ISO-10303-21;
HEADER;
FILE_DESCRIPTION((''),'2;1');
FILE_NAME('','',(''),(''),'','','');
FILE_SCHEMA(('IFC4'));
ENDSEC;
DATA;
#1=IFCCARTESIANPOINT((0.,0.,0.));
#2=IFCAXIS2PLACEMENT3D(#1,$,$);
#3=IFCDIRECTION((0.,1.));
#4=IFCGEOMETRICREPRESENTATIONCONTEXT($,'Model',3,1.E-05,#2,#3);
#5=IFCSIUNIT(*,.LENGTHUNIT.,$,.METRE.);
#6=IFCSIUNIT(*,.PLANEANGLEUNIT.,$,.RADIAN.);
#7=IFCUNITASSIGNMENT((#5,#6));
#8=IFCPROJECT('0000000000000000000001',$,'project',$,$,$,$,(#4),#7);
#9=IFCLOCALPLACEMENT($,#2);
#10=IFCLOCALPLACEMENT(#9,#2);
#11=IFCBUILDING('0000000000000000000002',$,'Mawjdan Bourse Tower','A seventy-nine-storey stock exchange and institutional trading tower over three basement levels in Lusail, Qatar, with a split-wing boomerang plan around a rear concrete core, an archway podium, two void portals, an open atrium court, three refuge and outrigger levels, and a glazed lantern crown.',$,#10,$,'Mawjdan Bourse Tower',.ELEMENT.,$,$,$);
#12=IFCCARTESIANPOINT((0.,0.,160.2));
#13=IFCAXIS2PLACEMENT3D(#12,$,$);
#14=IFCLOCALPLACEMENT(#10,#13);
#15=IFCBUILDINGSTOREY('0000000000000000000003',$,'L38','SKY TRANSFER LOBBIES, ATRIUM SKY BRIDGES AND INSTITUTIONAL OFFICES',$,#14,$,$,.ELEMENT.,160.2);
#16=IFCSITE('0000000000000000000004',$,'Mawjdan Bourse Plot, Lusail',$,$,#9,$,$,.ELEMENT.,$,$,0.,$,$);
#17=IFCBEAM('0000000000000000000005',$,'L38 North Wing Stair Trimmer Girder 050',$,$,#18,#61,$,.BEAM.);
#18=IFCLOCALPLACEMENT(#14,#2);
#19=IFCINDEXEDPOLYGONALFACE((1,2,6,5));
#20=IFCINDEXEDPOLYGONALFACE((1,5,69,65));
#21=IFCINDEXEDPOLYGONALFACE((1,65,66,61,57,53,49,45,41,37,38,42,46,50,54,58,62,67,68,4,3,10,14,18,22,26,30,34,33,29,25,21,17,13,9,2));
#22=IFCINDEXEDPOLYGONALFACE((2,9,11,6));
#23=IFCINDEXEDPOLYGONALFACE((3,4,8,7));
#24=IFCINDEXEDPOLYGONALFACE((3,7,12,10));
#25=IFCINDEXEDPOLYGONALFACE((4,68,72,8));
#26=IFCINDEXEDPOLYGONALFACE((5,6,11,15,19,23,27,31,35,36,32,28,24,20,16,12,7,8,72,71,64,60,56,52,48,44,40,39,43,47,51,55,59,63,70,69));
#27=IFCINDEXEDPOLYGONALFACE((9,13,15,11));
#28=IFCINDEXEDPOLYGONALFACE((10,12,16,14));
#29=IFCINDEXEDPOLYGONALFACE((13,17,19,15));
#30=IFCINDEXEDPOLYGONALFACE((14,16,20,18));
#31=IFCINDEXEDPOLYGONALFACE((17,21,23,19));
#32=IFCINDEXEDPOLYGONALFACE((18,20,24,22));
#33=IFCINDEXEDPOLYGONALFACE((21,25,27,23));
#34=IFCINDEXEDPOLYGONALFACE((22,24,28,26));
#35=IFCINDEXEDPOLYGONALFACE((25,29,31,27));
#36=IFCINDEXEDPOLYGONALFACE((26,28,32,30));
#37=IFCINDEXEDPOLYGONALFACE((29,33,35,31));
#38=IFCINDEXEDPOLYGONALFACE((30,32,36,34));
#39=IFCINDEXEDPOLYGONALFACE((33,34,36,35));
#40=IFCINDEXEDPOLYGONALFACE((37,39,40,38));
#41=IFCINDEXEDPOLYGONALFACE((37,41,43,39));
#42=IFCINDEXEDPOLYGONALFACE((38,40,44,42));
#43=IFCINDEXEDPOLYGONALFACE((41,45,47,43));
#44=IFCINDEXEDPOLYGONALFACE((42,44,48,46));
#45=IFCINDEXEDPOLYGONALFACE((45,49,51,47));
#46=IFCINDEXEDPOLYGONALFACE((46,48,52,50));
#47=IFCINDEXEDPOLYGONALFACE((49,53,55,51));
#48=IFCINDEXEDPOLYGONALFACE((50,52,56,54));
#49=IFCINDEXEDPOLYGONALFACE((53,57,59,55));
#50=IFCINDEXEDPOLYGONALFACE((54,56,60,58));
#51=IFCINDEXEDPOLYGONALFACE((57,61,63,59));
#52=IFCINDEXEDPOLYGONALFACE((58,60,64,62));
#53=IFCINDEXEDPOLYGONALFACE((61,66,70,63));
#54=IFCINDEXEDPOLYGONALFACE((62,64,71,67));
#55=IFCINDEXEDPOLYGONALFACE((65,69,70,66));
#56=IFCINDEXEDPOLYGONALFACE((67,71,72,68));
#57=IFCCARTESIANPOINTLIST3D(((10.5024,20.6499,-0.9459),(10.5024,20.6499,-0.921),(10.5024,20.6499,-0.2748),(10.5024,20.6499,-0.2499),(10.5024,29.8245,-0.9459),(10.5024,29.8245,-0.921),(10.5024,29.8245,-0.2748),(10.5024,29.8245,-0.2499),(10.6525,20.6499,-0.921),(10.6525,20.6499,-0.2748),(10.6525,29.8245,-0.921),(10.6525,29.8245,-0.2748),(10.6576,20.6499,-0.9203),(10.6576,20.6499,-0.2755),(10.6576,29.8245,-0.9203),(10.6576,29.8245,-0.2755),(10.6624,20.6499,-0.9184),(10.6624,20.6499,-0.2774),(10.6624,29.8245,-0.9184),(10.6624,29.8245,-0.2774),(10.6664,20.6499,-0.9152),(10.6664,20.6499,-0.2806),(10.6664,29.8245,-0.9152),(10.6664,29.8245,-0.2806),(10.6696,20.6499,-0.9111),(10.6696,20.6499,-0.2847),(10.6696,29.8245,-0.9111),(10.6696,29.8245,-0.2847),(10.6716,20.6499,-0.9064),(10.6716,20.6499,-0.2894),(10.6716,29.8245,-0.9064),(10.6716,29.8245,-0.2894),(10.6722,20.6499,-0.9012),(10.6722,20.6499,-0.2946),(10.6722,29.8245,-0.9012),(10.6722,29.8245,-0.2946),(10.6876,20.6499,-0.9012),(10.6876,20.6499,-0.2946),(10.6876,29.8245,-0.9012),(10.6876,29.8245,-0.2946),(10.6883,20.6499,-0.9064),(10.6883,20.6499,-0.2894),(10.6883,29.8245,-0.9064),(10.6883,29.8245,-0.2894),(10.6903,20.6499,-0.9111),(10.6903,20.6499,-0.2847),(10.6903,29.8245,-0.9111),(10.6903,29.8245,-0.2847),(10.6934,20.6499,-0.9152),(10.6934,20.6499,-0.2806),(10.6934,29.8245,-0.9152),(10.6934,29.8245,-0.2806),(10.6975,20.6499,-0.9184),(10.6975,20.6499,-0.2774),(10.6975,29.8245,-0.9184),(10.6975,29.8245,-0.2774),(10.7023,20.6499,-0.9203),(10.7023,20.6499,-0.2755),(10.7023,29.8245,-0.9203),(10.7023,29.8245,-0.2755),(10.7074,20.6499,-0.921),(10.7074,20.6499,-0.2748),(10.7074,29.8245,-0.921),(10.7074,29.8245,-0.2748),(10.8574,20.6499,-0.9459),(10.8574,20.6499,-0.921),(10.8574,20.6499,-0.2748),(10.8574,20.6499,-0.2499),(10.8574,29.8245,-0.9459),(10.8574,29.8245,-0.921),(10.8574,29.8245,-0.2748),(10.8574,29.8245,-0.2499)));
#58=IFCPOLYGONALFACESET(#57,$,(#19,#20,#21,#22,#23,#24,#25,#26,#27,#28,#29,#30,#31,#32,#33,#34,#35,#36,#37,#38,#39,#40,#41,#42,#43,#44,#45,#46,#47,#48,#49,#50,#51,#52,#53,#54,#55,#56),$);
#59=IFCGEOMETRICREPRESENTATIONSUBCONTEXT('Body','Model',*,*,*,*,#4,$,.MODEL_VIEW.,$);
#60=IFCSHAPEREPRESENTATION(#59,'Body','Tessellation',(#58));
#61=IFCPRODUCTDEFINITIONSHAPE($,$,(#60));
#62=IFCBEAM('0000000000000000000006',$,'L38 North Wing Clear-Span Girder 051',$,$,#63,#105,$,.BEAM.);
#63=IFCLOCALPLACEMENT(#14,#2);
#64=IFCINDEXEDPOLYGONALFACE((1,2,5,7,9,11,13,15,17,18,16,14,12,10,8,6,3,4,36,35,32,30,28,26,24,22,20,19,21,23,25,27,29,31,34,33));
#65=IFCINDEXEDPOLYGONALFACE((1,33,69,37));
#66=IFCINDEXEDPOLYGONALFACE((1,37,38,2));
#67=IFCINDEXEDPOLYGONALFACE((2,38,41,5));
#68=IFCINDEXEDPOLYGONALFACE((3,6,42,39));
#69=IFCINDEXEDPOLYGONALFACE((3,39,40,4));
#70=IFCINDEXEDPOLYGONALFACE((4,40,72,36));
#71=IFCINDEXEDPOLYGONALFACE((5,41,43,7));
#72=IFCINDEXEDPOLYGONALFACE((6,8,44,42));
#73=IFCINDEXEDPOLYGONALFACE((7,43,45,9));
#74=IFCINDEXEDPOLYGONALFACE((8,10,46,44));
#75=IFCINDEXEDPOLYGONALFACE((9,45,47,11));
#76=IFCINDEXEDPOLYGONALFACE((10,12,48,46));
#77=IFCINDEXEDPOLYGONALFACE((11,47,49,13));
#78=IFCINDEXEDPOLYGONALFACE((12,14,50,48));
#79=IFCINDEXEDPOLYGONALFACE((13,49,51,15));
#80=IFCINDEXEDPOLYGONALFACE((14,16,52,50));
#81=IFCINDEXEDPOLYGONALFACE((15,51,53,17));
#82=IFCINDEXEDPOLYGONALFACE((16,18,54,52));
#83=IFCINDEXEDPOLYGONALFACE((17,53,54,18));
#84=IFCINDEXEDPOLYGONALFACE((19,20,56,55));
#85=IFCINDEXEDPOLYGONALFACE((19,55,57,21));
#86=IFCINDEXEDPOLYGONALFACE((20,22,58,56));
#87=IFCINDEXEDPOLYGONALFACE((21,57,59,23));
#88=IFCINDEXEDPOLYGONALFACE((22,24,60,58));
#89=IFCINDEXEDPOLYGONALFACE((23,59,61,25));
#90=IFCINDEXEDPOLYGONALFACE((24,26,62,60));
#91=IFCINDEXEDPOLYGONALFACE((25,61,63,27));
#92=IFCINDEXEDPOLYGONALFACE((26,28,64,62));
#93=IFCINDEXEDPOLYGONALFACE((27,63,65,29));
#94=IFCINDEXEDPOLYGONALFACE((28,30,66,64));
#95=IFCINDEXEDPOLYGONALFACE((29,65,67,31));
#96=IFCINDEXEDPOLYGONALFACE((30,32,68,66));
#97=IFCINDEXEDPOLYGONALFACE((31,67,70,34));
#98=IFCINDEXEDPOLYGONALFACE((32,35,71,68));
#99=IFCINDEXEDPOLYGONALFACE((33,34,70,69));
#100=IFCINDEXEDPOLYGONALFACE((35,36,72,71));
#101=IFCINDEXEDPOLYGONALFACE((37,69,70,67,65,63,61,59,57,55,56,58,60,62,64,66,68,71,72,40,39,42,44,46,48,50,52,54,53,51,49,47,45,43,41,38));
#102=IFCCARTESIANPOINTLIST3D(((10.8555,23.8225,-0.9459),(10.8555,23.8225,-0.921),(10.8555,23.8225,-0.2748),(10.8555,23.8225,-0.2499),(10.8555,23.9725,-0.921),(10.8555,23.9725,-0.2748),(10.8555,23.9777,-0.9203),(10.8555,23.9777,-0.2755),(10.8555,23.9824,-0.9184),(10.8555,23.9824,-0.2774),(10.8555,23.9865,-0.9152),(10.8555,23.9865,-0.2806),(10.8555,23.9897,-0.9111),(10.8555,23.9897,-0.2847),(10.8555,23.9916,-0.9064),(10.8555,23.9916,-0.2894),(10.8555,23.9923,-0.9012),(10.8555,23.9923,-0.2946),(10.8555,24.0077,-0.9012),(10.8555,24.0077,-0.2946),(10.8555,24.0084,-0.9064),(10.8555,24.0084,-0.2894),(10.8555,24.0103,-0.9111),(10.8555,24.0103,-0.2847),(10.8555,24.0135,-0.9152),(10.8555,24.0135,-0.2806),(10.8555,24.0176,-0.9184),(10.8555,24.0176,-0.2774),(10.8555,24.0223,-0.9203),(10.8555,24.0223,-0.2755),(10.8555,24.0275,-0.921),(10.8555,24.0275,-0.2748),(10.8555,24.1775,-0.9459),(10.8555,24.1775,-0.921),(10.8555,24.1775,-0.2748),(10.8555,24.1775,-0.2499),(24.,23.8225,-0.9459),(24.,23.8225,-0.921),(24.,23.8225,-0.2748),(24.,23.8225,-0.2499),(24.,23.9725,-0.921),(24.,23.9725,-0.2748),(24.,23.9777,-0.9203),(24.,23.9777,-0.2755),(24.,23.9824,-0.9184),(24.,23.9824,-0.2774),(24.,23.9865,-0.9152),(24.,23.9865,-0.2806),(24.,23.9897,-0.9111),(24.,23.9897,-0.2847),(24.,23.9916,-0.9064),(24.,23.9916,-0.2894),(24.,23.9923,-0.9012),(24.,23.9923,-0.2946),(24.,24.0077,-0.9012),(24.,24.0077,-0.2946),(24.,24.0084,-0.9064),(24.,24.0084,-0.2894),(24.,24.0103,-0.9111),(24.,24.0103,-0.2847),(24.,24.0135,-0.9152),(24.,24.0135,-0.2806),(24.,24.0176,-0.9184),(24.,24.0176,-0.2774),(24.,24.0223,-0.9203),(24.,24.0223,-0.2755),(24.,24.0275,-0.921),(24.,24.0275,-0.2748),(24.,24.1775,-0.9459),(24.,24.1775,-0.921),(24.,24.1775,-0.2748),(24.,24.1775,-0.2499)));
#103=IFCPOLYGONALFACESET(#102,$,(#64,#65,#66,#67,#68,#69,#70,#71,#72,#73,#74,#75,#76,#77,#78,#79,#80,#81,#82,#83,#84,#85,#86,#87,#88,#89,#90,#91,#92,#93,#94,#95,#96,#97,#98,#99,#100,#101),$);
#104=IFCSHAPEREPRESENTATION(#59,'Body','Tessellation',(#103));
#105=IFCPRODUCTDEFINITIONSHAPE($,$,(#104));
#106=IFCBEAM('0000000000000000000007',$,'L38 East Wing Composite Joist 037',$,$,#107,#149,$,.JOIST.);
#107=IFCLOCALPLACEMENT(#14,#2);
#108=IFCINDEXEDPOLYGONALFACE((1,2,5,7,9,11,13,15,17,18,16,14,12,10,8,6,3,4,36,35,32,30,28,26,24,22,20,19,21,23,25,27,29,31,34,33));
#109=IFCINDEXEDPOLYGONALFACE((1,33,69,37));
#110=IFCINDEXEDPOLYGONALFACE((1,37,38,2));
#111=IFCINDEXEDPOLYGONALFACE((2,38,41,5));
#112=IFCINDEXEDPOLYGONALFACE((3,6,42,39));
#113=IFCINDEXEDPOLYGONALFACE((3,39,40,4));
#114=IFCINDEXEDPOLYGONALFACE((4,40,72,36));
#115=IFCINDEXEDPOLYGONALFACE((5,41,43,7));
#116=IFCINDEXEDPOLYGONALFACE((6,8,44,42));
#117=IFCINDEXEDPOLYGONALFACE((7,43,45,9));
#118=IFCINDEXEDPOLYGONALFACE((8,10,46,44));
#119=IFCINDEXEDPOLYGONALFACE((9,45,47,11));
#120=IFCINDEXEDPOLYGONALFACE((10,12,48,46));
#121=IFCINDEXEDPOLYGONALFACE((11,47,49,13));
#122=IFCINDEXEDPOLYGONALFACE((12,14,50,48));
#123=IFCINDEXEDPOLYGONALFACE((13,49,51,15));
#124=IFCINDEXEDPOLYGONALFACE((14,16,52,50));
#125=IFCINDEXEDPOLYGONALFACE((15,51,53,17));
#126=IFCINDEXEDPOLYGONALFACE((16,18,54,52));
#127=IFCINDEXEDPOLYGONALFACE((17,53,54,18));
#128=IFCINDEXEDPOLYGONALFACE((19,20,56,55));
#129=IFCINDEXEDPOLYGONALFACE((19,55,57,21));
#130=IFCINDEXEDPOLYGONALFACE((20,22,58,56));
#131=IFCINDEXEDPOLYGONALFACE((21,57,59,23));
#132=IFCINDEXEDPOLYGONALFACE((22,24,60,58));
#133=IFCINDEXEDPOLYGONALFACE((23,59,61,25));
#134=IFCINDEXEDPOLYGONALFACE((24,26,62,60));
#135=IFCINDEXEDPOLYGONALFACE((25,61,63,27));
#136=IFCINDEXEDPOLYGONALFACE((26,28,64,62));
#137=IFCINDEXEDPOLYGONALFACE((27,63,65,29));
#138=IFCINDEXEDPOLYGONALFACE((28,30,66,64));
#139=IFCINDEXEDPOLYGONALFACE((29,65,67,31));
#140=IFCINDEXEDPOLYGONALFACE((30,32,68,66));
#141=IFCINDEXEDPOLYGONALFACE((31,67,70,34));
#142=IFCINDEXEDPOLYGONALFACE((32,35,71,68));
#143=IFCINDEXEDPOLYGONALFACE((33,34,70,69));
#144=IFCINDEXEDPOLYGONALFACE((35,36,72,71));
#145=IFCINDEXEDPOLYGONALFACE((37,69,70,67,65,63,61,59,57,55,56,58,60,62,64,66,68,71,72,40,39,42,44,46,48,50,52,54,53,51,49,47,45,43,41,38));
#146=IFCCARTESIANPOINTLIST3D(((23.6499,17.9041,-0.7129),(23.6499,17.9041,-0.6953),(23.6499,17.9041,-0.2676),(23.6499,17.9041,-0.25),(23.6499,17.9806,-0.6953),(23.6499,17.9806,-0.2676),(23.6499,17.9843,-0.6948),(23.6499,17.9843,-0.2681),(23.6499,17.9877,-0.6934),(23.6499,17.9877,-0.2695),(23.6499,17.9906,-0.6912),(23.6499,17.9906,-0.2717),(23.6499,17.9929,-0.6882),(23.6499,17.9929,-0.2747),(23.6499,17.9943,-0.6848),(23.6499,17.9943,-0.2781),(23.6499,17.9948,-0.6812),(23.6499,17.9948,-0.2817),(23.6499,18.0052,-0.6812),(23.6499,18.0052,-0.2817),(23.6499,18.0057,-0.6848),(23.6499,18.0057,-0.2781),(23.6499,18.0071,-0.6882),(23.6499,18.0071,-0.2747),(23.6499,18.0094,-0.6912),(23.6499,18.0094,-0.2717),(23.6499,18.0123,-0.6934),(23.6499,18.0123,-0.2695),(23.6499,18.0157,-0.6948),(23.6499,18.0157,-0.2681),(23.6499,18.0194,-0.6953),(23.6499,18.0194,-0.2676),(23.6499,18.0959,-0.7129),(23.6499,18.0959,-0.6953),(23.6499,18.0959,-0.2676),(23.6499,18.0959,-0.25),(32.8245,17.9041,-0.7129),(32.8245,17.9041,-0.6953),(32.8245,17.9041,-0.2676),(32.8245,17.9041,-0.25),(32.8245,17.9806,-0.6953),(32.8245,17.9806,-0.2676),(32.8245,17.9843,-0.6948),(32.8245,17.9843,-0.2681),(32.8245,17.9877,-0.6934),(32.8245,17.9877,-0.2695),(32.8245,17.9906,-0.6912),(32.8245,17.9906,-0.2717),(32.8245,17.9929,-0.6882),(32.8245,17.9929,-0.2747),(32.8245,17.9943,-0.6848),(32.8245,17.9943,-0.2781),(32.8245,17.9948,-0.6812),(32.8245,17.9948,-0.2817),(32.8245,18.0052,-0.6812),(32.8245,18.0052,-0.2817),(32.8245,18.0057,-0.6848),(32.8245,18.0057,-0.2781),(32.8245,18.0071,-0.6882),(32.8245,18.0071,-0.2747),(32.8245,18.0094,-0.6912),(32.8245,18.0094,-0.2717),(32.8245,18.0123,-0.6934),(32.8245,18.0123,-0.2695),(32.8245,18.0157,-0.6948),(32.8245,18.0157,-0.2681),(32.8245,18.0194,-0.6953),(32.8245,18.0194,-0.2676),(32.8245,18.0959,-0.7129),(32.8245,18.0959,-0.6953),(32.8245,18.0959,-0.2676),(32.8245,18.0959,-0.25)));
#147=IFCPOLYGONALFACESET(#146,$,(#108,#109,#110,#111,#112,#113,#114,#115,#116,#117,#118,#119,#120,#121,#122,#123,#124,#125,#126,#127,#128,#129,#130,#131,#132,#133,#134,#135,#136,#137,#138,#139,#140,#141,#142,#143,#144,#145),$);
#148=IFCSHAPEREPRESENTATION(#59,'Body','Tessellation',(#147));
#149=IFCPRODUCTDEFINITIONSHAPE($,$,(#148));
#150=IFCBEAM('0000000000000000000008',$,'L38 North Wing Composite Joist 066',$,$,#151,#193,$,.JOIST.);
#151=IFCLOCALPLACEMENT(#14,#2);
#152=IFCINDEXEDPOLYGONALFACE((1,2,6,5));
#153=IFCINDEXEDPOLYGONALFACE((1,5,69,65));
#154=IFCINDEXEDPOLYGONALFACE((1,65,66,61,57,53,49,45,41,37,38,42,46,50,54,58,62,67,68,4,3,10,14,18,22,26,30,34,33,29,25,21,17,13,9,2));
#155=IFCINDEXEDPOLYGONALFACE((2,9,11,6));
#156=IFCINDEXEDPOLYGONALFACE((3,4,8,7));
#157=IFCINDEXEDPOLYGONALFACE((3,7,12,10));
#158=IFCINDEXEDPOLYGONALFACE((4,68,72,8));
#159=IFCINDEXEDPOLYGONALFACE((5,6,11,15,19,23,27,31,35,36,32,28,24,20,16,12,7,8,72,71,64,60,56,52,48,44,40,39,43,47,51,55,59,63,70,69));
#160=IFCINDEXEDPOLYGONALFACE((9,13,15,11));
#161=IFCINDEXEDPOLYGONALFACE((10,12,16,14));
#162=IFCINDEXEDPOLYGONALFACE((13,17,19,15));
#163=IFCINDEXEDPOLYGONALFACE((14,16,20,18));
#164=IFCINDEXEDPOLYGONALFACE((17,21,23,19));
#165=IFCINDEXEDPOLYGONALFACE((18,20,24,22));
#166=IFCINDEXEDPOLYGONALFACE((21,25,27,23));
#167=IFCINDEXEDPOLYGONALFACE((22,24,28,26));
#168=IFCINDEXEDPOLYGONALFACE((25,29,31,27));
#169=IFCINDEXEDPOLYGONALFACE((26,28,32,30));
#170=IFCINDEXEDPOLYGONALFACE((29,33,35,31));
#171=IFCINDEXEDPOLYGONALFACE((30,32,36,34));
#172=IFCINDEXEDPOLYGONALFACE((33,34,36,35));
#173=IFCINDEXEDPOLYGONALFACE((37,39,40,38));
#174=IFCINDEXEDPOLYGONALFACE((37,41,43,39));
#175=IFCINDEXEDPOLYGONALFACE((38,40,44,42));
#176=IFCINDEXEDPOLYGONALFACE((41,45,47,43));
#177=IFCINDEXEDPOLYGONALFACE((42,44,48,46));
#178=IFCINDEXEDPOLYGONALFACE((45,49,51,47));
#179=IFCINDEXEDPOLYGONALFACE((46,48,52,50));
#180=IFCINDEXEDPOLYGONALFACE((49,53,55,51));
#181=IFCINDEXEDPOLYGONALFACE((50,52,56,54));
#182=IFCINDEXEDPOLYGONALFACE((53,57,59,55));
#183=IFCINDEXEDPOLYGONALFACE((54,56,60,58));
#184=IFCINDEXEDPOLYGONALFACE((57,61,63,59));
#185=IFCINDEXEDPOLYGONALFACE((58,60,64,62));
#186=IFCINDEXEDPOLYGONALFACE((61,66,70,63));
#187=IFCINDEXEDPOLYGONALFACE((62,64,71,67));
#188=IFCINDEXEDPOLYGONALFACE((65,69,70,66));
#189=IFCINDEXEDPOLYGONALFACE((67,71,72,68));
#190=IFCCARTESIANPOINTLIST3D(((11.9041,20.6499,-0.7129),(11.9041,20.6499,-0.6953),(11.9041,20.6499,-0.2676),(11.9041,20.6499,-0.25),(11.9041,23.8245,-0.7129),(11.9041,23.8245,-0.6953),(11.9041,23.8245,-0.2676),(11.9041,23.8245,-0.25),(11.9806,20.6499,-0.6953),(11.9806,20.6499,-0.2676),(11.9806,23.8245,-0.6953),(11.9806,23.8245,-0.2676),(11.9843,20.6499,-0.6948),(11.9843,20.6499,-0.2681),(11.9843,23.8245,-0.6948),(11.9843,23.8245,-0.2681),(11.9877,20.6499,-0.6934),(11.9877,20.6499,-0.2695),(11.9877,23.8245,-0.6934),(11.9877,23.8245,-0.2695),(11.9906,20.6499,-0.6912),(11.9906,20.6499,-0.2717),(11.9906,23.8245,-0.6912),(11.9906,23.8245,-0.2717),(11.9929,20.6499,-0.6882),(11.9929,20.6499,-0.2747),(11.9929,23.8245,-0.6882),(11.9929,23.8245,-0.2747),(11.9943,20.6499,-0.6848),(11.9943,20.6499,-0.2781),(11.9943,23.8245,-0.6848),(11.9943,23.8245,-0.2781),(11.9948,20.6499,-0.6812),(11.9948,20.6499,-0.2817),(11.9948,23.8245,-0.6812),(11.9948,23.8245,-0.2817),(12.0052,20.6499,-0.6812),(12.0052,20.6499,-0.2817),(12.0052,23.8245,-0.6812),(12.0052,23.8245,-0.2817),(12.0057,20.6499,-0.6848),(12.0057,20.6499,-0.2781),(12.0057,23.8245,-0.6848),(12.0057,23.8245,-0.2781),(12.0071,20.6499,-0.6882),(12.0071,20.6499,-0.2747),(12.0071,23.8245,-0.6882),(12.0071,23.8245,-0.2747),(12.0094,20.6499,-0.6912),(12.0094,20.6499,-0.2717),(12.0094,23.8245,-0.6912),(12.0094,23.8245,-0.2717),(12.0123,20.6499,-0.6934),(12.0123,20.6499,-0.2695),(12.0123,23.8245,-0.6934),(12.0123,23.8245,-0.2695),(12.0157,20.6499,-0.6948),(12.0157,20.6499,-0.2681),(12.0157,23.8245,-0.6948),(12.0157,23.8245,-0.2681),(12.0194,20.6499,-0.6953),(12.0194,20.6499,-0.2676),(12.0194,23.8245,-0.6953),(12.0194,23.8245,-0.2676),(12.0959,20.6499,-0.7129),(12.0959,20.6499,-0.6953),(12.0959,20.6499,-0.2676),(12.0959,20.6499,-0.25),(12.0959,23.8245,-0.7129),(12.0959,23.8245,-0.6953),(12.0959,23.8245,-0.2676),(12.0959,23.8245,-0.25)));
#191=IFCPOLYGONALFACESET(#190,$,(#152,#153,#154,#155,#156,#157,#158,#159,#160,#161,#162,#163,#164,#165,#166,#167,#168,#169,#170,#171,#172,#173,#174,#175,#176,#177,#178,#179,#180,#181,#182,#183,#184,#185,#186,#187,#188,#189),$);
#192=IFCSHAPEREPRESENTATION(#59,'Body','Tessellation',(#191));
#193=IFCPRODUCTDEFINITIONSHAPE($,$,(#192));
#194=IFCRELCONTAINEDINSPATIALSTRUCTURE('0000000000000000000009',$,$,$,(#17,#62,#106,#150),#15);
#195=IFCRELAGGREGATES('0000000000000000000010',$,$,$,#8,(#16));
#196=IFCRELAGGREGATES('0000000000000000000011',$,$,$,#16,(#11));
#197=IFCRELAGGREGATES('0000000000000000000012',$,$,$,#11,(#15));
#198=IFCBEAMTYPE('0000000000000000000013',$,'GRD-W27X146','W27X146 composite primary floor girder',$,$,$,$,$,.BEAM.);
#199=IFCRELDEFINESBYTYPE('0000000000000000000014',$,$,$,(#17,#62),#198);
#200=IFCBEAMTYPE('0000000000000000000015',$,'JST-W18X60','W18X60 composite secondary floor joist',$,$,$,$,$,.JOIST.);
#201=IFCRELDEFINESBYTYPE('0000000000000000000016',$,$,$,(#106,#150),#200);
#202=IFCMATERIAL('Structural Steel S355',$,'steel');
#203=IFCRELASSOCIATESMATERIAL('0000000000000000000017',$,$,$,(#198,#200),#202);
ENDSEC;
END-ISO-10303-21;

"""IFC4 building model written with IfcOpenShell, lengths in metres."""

from ifc_helpers import new_model, si_unit, direction, frame, origin, origin_2d, place, context, subcontext, project, spatial, i_section, extrude, material, material_profile, profile_set, type_object, element, save


model = new_model("IFC4")

# Units and contexts
model_context = context("Model", 3, precision=1e-05, world=origin(), true_north=direction((0.0, 1.0)))
body_context = subcontext(model_context, "Body", "Model", "MODEL_VIEW")
ifc_project = project(units=[si_unit("LENGTHUNIT", "METRE"), si_unit("PLANEANGLEUNIT", "RADIAN")], contexts=[model_context])

# Site, building, storey
site_placement = place(None, origin())
site = spatial("IfcSite", under=ifc_project, at=site_placement, Name="Mawjdan Bourse Plot, Lusail", CompositionType="ELEMENT", RefElevation=0.0)
building_placement = place(site_placement, origin())
building = spatial("IfcBuilding", under=site, at=building_placement, Name="Mawjdan Bourse Tower", Description="A seventy-nine-storey stock exchange and institutional trading tower over three basement levels in Lusail, Qatar, with a split-wing boomerang plan around a rear concrete core, an archway podium, two void portals, an open atrium court, three refuge and outrigger levels, and a glazed lantern crown.", LongName="Mawjdan Bourse Tower", CompositionType="ELEMENT")
storey_placement = place(building_placement, frame((0.0, 0.0, 160.2)))
storey = spatial("IfcBuildingStorey", under=building, at=storey_placement, Name="L38", Description="SKY TRANSFER LOBBIES, ATRIUM SKY BRIDGES AND INSTITUTIONAL OFFICES", CompositionType="ELEMENT", Elevation=160.2)

# Beams
ifc_material_1 = material(Name="Structural Steel S355", Category="steel")
ifc_material_profile_1 = material_profile(ifc_material_1, i_section(OverallWidth=0.355, OverallDepth=0.696, WebThickness=0.0154, FlangeThickness=0.0249, FilletRadius=0.0198, at=origin_2d()), Name="W27X146")
ifc_profile_set_1 = profile_set([ifc_material_profile_1], Name="Structural Steel S355")
beam_type_1 = type_object("IfcBeamType", Name="GRD-W27X146", Description="W27X146 composite primary floor girder", PredefinedType="BEAM", material=ifc_profile_set_1)
beam_1_placement = place(storey_placement, frame((10.6799, 20.6499, -0.5979), z_axis=(0.0, 1.0, 0.0), x_axis=(-1.0, 0.0, 0.0)))
element("IfcBeam", 1, at=beam_1_placement, inside=storey, type_object=beam_type_1, Name="L38 North Wing Stair Trimmer Girder 050", PredefinedType="BEAM", context=body_context, shape_type="SweptSolid", body=[
    extrude(i_section(OverallWidth=0.355, OverallDepth=0.696, WebThickness=0.0154, FlangeThickness=0.0249, FilletRadius=0.0198, at=origin_2d()), origin(), (0.0, 0.0, 1.0), 9.1746),
])
beam_2_placement = place(storey_placement, frame((10.8555, 24.0, -0.5979), z_axis=(1.0, 0.0, 0.0), x_axis=(0.0, 1.0, 0.0)))
element("IfcBeam", 2, at=beam_2_placement, inside=storey, type_object=beam_type_1, Name="L38 North Wing Clear-Span Girder 051", PredefinedType="BEAM", context=body_context, shape_type="SweptSolid", body=[
    extrude(i_section(OverallWidth=0.355, OverallDepth=0.696, WebThickness=0.0154, FlangeThickness=0.0249, FilletRadius=0.0198, at=origin_2d()), origin(), (0.0, 0.0, 1.0), 13.1445),
])
ifc_material_profile_2 = material_profile(ifc_material_1, i_section(OverallWidth=0.1919, OverallDepth=0.4629, WebThickness=0.0105, FlangeThickness=0.0176, FilletRadius=0.0142, at=origin_2d()), Name="W18X60")
ifc_profile_set_2 = profile_set([ifc_material_profile_2], Name="Structural Steel S355")
beam_type_2 = type_object("IfcBeamType", Name="JST-W18X60", Description="W18X60 composite secondary floor joist", PredefinedType="JOIST", material=ifc_profile_set_2)
beam_3_placement = place(storey_placement, frame((23.6499, 18.0, -0.4814), z_axis=(1.0, 0.0, 0.0), x_axis=(0.0, 1.0, 0.0)))
element("IfcBeam", 3, at=beam_3_placement, inside=storey, type_object=beam_type_2, Name="L38 East Wing Composite Joist 037", PredefinedType="JOIST", context=body_context, shape_type="SweptSolid", body=[
    extrude(i_section(OverallWidth=0.1919, OverallDepth=0.4629, WebThickness=0.0105, FlangeThickness=0.0176, FilletRadius=0.0142, at=origin_2d()), origin(), (0.0, 0.0, 1.0), 9.1746),
])
beam_4_placement = place(storey_placement, frame((12.0, 20.6499, -0.4814), z_axis=(0.0, 1.0, 0.0), x_axis=(-1.0, 0.0, 0.0)))
element("IfcBeam", 4, at=beam_4_placement, inside=storey, type_object=beam_type_2, Name="L38 North Wing Composite Joist 066", PredefinedType="JOIST", context=body_context, shape_type="SweptSolid", body=[
    extrude(i_section(OverallWidth=0.1919, OverallDepth=0.4629, WebThickness=0.0105, FlangeThickness=0.0176, FilletRadius=0.0142, at=origin_2d()), origin(), (0.0, 0.0, 1.0), 3.1746),
])

save(model, "model.ifc")
